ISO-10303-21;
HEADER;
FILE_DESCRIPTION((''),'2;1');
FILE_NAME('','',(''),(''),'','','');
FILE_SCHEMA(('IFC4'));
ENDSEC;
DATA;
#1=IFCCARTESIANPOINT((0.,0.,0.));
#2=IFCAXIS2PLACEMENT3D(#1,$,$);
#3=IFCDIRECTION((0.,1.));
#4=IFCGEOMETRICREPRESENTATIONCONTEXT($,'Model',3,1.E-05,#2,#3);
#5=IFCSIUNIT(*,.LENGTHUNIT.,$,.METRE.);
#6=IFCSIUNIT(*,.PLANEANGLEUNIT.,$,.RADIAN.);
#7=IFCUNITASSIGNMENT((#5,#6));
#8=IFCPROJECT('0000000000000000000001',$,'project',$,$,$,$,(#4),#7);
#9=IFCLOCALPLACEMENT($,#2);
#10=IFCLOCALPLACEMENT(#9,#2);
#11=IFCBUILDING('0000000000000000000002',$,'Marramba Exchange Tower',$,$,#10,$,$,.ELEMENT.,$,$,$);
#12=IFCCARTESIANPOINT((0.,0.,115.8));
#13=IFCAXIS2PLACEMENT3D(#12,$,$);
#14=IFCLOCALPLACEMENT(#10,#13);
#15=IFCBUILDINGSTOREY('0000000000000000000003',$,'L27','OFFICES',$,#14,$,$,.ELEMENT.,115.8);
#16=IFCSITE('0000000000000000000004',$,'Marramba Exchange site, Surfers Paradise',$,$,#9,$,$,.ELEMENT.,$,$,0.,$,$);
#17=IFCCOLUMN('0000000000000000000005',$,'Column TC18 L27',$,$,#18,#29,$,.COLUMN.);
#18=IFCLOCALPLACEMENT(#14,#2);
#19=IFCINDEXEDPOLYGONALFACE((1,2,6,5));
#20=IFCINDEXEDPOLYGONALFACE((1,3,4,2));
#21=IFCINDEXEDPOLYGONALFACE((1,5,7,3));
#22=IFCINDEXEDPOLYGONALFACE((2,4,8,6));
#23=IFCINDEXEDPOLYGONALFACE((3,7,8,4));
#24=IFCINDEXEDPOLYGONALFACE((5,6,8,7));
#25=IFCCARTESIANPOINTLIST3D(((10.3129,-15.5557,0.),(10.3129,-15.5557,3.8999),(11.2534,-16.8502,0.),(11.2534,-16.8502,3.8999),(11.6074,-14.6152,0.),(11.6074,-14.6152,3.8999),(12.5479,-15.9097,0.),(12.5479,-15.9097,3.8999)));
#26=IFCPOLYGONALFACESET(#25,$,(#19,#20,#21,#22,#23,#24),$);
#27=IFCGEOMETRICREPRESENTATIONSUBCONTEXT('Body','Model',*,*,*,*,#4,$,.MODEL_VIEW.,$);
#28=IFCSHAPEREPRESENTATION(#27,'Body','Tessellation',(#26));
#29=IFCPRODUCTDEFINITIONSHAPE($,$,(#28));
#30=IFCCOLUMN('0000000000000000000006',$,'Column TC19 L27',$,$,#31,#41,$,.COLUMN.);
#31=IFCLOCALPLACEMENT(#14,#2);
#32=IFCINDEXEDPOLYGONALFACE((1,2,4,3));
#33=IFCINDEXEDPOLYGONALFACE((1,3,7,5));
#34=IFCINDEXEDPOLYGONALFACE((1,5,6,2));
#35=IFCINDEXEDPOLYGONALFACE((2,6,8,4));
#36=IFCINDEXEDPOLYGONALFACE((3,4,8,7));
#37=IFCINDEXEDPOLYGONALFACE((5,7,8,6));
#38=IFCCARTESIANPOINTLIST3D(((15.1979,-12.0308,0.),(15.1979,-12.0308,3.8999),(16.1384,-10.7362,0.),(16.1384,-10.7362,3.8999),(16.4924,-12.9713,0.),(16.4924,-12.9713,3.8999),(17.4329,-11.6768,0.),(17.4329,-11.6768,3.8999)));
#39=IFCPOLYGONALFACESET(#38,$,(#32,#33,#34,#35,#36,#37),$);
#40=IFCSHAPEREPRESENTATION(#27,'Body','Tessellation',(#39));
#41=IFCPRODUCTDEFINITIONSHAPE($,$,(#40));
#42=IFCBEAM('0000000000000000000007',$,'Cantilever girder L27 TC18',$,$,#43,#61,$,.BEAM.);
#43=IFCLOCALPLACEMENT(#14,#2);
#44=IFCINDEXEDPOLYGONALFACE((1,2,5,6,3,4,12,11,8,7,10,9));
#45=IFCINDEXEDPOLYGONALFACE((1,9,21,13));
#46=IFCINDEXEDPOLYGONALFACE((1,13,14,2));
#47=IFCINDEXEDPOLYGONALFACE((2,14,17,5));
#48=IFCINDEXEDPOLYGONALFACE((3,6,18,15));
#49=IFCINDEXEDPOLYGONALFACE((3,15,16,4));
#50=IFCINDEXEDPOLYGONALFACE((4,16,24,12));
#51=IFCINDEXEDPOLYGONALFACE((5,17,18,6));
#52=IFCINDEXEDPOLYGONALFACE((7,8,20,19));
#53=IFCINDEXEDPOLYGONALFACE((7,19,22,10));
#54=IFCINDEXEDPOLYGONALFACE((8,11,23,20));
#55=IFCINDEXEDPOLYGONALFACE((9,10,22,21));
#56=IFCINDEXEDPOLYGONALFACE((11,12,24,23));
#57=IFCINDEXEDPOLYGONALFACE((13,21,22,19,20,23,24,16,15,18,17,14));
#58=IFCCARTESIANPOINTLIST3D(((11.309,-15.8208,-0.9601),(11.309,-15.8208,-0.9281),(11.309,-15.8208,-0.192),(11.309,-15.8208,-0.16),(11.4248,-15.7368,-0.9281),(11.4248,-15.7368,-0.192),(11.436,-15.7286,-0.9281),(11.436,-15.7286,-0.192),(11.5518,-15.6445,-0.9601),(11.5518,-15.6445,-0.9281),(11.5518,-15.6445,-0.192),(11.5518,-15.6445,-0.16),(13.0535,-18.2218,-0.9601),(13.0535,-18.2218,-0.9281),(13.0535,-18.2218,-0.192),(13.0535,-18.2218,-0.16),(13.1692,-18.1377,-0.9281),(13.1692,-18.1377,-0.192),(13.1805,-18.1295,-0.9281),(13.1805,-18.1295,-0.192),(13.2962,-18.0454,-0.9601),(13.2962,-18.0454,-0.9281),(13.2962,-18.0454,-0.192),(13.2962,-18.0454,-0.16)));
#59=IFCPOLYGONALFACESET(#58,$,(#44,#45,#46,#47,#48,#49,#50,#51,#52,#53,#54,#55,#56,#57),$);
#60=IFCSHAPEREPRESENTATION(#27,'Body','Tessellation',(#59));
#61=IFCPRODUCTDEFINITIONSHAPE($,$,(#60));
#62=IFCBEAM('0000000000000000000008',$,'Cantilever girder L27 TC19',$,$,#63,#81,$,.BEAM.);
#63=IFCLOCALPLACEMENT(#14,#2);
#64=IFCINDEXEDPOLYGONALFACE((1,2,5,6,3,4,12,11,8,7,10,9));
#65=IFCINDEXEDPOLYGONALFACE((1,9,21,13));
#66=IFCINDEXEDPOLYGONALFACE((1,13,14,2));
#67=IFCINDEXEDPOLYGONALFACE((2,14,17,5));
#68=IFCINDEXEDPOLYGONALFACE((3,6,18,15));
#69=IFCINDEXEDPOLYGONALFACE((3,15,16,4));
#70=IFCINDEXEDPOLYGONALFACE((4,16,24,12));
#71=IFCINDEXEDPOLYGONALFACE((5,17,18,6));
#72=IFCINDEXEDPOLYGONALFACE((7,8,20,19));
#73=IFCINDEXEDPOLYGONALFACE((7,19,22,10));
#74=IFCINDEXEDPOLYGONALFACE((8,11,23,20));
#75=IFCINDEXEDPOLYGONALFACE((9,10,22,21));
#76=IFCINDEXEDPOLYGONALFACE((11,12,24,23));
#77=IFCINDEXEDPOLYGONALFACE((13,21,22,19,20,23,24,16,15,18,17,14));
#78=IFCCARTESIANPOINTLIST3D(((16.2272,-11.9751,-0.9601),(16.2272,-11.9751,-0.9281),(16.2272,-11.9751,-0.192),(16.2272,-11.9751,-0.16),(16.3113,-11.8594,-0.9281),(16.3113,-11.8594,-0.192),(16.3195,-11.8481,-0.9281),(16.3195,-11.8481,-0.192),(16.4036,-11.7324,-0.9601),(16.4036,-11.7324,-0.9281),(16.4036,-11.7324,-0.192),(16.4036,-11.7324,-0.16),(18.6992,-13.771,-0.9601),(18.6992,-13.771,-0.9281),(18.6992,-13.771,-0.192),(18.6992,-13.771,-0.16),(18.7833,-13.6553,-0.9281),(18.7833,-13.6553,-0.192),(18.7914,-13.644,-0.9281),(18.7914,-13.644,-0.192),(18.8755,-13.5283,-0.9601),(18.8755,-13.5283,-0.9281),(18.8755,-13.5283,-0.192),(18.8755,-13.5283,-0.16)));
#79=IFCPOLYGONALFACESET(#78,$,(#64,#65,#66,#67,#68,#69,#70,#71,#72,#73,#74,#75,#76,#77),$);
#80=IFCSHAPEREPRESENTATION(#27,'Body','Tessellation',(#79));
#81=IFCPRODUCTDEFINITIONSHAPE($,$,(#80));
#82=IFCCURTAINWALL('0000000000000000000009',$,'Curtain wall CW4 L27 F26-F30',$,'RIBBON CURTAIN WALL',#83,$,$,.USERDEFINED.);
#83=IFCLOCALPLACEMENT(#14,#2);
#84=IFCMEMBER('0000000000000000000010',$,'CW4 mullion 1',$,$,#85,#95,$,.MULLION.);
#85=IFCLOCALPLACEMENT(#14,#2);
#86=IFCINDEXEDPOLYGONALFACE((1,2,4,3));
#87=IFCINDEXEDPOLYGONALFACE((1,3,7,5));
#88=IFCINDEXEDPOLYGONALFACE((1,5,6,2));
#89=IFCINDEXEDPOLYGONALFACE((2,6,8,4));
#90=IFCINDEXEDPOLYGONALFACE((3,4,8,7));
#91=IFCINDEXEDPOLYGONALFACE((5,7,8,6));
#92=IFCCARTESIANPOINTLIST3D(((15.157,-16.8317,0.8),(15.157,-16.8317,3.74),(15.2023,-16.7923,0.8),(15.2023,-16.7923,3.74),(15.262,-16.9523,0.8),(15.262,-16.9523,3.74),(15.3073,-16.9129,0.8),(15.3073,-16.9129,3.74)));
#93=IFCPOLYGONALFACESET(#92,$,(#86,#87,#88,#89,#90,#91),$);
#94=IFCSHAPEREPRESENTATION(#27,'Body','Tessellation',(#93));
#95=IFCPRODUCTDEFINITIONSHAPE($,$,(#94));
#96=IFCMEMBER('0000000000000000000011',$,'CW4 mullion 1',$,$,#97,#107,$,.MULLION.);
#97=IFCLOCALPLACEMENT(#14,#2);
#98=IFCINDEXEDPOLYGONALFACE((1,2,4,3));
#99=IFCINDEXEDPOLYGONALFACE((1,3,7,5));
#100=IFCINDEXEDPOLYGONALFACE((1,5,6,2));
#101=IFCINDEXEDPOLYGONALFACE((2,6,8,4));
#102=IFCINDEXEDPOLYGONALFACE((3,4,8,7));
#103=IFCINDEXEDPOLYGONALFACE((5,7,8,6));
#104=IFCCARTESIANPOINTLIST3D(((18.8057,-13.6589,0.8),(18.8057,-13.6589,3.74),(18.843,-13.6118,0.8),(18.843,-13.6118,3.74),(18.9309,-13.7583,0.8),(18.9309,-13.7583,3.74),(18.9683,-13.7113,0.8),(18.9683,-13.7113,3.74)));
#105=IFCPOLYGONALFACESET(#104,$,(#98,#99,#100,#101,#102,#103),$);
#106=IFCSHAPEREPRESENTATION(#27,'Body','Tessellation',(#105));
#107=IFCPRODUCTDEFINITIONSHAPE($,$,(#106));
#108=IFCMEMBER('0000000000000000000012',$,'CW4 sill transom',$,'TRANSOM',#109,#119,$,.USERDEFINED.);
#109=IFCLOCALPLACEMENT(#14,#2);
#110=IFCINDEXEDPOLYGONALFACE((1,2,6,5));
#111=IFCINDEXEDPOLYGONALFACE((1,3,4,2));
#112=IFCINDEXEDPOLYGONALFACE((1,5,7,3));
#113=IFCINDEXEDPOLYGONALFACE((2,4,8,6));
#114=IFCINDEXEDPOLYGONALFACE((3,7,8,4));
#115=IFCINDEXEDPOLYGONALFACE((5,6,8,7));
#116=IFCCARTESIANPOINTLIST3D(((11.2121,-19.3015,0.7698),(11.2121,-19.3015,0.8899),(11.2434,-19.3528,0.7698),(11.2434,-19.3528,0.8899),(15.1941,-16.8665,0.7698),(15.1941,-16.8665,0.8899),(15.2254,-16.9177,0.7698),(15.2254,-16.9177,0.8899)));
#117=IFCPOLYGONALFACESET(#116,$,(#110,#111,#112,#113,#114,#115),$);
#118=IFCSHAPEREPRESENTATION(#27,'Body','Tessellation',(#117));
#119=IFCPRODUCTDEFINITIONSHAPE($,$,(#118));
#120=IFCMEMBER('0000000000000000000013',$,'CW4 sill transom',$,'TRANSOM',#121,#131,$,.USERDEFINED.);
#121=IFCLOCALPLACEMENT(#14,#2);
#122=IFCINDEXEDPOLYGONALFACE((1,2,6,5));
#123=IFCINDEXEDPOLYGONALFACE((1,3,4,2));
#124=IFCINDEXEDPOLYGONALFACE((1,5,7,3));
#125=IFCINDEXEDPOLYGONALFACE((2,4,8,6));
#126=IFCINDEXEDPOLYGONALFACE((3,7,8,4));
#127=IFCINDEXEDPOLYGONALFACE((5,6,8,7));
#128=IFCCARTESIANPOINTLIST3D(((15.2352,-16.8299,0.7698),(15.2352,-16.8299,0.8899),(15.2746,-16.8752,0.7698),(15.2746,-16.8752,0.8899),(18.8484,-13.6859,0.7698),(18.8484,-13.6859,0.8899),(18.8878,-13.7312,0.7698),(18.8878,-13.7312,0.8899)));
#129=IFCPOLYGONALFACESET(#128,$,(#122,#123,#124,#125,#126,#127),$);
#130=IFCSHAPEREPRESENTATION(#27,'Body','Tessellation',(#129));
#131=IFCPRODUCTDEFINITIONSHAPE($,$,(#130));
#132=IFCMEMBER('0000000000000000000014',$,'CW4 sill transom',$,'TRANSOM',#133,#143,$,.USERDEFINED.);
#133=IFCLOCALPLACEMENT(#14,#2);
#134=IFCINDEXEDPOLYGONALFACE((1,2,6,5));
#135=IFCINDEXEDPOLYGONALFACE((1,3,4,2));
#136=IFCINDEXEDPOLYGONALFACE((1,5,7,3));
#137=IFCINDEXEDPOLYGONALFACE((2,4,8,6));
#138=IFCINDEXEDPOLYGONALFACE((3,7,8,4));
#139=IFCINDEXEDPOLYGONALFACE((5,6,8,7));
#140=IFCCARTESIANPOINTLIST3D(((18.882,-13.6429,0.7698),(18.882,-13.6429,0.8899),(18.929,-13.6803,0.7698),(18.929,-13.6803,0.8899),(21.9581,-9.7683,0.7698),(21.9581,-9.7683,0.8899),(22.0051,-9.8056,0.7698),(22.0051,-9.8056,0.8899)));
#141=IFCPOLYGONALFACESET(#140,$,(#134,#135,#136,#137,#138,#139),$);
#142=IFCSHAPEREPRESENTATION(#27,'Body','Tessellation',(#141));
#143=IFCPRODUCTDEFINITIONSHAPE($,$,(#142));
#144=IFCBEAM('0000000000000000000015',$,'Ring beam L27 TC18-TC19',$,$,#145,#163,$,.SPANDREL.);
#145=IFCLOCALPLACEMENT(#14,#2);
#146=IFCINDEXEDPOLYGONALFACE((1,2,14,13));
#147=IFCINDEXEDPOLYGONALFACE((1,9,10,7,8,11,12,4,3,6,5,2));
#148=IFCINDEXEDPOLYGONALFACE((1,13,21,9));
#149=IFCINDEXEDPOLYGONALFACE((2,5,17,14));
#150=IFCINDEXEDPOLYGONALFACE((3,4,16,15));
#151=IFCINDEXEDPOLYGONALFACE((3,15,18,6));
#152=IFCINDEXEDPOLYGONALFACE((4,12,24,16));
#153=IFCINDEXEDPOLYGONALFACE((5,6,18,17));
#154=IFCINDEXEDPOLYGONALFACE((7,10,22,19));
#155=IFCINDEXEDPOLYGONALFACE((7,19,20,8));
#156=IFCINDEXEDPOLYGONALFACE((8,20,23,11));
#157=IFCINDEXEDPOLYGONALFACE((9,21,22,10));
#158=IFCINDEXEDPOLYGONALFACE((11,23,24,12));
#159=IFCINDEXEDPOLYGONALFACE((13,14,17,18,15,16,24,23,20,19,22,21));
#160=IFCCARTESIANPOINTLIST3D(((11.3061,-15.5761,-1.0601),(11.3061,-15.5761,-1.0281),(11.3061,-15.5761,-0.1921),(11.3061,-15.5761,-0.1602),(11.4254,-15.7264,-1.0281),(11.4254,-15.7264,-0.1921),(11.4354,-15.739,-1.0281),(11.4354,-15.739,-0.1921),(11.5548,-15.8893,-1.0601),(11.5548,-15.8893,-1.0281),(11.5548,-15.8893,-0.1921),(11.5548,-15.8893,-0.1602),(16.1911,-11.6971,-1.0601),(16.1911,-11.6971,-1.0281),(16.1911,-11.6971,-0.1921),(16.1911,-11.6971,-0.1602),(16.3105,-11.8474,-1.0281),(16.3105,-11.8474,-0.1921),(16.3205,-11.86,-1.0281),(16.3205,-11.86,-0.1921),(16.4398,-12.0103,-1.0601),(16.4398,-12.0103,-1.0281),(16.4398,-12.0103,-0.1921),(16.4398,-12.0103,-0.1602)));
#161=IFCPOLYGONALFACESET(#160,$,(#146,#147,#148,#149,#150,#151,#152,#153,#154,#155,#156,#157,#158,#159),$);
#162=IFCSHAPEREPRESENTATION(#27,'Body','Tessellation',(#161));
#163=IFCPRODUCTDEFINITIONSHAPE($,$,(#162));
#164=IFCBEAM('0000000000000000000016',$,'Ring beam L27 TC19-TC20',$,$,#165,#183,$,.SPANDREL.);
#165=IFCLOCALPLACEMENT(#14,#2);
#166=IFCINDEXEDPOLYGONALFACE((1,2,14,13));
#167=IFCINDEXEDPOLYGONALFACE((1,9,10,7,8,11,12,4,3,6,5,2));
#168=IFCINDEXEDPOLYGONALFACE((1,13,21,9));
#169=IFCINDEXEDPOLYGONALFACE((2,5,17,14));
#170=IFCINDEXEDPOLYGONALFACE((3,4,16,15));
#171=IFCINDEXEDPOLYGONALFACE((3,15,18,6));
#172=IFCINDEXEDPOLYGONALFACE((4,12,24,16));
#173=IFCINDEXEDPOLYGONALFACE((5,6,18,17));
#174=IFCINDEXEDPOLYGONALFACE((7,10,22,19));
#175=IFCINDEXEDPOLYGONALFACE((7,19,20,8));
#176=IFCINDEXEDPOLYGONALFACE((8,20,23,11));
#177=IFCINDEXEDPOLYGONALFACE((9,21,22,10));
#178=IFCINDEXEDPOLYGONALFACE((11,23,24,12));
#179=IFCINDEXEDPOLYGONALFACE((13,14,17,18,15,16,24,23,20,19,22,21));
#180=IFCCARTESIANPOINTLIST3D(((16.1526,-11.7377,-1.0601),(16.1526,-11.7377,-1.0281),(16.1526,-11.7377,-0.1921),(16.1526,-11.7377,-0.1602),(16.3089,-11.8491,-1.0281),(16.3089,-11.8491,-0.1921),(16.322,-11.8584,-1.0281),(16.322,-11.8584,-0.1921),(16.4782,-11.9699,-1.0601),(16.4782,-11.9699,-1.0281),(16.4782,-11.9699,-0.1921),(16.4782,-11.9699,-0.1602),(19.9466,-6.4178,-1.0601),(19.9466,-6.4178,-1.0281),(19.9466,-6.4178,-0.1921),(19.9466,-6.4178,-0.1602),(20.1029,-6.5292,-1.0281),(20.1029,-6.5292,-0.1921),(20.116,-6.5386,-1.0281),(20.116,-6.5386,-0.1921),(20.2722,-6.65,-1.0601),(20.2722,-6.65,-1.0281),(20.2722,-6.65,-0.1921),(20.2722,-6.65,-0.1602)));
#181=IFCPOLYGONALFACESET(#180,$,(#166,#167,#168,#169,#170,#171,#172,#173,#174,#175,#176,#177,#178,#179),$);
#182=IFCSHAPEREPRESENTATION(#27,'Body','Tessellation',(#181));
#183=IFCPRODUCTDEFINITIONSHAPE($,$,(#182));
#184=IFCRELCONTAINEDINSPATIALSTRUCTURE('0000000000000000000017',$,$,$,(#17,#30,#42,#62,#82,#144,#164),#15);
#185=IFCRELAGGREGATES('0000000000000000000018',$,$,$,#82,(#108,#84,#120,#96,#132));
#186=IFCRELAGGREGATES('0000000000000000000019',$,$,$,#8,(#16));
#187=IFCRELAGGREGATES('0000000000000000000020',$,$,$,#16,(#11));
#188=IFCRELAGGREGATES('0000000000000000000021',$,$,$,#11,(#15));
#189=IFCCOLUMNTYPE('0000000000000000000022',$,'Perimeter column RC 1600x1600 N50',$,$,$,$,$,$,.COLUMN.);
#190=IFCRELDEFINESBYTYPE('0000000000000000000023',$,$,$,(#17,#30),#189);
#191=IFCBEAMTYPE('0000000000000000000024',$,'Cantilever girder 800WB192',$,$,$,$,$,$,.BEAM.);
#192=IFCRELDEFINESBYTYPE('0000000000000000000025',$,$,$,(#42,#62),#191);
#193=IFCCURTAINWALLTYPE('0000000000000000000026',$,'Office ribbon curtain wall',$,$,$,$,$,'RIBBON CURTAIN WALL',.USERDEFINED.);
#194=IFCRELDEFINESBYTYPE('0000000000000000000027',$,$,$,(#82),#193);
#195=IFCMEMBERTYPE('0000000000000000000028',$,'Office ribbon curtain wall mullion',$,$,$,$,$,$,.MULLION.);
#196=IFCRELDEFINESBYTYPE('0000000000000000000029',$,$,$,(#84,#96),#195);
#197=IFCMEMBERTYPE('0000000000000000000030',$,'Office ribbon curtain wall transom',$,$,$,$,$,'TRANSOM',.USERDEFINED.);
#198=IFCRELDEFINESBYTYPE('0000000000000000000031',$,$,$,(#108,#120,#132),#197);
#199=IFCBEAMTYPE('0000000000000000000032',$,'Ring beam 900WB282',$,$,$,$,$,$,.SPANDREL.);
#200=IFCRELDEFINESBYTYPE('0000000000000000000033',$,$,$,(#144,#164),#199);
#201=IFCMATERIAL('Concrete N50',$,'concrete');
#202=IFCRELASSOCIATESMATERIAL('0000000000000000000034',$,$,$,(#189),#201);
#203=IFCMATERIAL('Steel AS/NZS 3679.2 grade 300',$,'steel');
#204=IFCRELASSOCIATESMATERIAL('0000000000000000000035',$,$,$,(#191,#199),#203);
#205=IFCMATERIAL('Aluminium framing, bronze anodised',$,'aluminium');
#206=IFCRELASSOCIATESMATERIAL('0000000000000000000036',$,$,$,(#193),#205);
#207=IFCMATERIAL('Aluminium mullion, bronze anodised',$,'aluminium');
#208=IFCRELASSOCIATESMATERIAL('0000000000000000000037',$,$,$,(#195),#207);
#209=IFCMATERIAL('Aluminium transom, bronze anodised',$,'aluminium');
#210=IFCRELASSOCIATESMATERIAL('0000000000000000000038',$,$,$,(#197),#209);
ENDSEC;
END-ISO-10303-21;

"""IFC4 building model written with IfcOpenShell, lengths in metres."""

from ifc_helpers import new_model, si_unit, direction, frame, origin, origin_2d, place, context, subcontext, project, spatial, rectangle, i_section, extrude, material, material_profile, profile_set, type_object, element, aggregate, save


model = new_model("IFC4")

# Units and contexts
model_context = context("Model", 3, precision=1e-05, world=origin(), true_north=direction((0.0, 1.0)))
body_context = subcontext(model_context, "Body", "Model", "MODEL_VIEW")
ifc_project = project(units=[si_unit("LENGTHUNIT", "METRE"), si_unit("PLANEANGLEUNIT", "RADIAN")], contexts=[model_context])

# Site, building, storey
site_placement = place(None, origin())
site = spatial("IfcSite", under=ifc_project, at=site_placement, Name="Marramba Exchange site, Surfers Paradise", CompositionType="ELEMENT", RefElevation=0.0)
building_placement = place(site_placement, origin())
building = spatial("IfcBuilding", under=site, at=building_placement, Name="Marramba Exchange Tower", CompositionType="ELEMENT")
storey_placement = place(building_placement, frame((0.0, 0.0, 115.8)))
storey = spatial("IfcBuildingStorey", under=building, at=storey_placement, Name="L27", Description="OFFICES", CompositionType="ELEMENT", Elevation=115.8)

# Columns
ifc_material_1 = material(Name="Concrete N50", Category="concrete")
ifc_material_profile_1 = material_profile(ifc_material_1, rectangle(XDim=1.6001, YDim=1.6001, at=origin_2d()), Name="RC 1600x1600")
ifc_profile_set_1 = profile_set([ifc_material_profile_1], Name="Concrete N50")
column_type = type_object("IfcColumnType", Name="Perimeter column RC 1600x1600 N50", PredefinedType="COLUMN", material=ifc_profile_set_1)
for number, where, z_axis, x_axis, name in (
    (1, (11.4304, -15.7327, 0.0), (0.0, 0.0, 1.0), (0.587785, -0.809017, 0.0), "Column TC18 L27"),
    (2, (16.3154, -11.8538, 0.0), (0.0, 0.0, 1.0), (0.809017, -0.587785, 0.0), "Column TC19 L27"),
):
    element("IfcColumn", number, at=place(storey_placement, frame(where, z_axis=z_axis, x_axis=x_axis)), inside=storey, type_object=column_type, Name=name, PredefinedType="COLUMN", context=body_context, shape_type="SweptSolid", body=[
        extrude(rectangle(XDim=1.6001, YDim=1.6001, at=origin_2d()), origin(), (0.0, 0.0, 1.0), 3.8999),
    ])

# Beams
ifc_material_2 = material(Name="Steel AS/NZS 3679.2 grade 300", Category="steel")
ifc_material_profile_2 = material_profile(ifc_material_2, i_section(OverallWidth=0.3, OverallDepth=0.8, WebThickness=0.0139, FlangeThickness=0.032, at=origin_2d()), Name="800WB192")
ifc_profile_set_2 = profile_set([ifc_material_profile_2], Name="Steel AS/NZS 3679.2 grade 300")
beam_type_1 = type_object("IfcBeamType", Name="Cantilever girder 800WB192", PredefinedType="BEAM", material=ifc_profile_set_2)
beam_1_placement = place(storey_placement, frame((11.4304, -15.7327, -0.5601), z_axis=(0.587795, -0.80901, 0.0), x_axis=(0.80901, 0.587795, 0.0)))
element("IfcBeam", 3, at=beam_1_placement, inside=storey, type_object=beam_type_1, Name="Cantilever girder L27 TC18", PredefinedType="BEAM", context=body_context, shape_type="SweptSolid", body=[
    extrude(i_section(OverallWidth=0.3, OverallDepth=0.8, WebThickness=0.0139, FlangeThickness=0.032, at=origin_2d()), origin(), (0.0, 0.0, 1.0), 2.9678),
])
beam_2_placement = place(storey_placement, frame((16.3154, -11.8538, -0.5601), z_axis=(0.809026, -0.587773, 0.0), x_axis=(0.587773, 0.809026, 0.0)))
element("IfcBeam", 4, at=beam_2_placement, inside=storey, type_object=beam_type_1, Name="Cantilever girder L27 TC19", PredefinedType="BEAM", context=body_context, shape_type="SweptSolid", body=[
    extrude(i_section(OverallWidth=0.3, OverallDepth=0.8, WebThickness=0.0139, FlangeThickness=0.032, at=origin_2d()), origin(), (0.0, 0.0, 1.0), 3.0554),
])

# Curtain wall, members
ifc_material_3 = material(Name="Aluminium framing, bronze anodised", Category="aluminium")
curtain_wall_type = type_object("IfcCurtainWallType", Name="Office ribbon curtain wall", ElementType="RIBBON CURTAIN WALL", PredefinedType="USERDEFINED", material=ifc_material_3)
curtain_wall_placement = place(storey_placement, origin())
curtain_wall = element("IfcCurtainWall", 5, at=curtain_wall_placement, inside=storey, type_object=curtain_wall_type, Name="Curtain wall CW4 L27 F26-F30", ObjectType="RIBBON CURTAIN WALL", PredefinedType="USERDEFINED")
ifc_material_4 = material(Name="Aluminium mullion, bronze anodised", Category="aluminium")
ifc_material_profile_3 = material_profile(ifc_material_4, rectangle(XDim=0.1599, YDim=0.0601, at=origin_2d()), Name="CW4 mullion 60x160")
ifc_profile_set_3 = profile_set([ifc_material_profile_3], Name="Aluminium mullion, bronze anodised")
member_type_1 = type_object("IfcMemberType", Name="Office ribbon curtain wall mullion", PredefinedType="MULLION", material=ifc_profile_set_3)
member_1_placement = place(storey_placement, frame((15.2322, -16.8723, 0.8), z_axis=(0.0, 0.0, 1.0), x_axis=(-0.656432, 0.754386, 0.0)))
member_1 = element("IfcMember", 6, at=member_1_placement, type_object=member_type_1, Name="CW4 mullion 1", PredefinedType="MULLION", context=body_context, shape_type="SweptSolid", body=[
    extrude(rectangle(XDim=0.1599, YDim=0.0601, at=origin_2d()), origin(), (0.0, 0.0, 1.0), 2.9399),
])
member_2_placement = place(storey_placement, frame((18.887, -13.6851, 0.8), z_axis=(0.0, 0.0, 1.0), x_axis=(-0.78317, 0.621807, 0.0)))
member_2 = element("IfcMember", 7, at=member_2_placement, type_object=member_type_1, Name="CW4 mullion 1", PredefinedType="MULLION", context=body_context, shape_type="SweptSolid", body=[
    extrude(rectangle(XDim=0.1599, YDim=0.0601, at=origin_2d()), origin(), (0.0, 0.0, 1.0), 2.9399),
])
ifc_material_5 = material(Name="Aluminium transom, bronze anodised", Category="aluminium")
ifc_material_profile_4 = material_profile(ifc_material_5, rectangle(XDim=0.0601, YDim=0.1201, at=origin_2d()), Name="CW4 transom 60x120")
ifc_profile_set_4 = profile_set([ifc_material_profile_4], Name="Aluminium transom, bronze anodised")
member_type_2 = type_object("IfcMemberType", Name="Office ribbon curtain wall transom", ElementType="TRANSOM", PredefinedType="USERDEFINED", material=ifc_profile_set_4)
member_3_placement = place(storey_placement, frame((11.2278, -19.3271, 0.8298), z_axis=(0.853124, 0.521708, 0.0), x_axis=(-0.521708, 0.853124, 0.0)))
member_3 = element("IfcMember", 8, at=member_3_placement, type_object=member_type_2, Name="CW4 sill transom", ObjectType="TRANSOM", PredefinedType="USERDEFINED", context=body_context, shape_type="SweptSolid", body=[
    extrude(rectangle(XDim=0.0601, YDim=0.1201, at=origin_2d()), origin(), (0.0, 0.0, 1.0), 4.6675),
])
member_4_placement = place(storey_placement, frame((15.2549, -16.8525, 0.8298), z_axis=(0.754393, 0.656424, 0.0), x_axis=(-0.656424, 0.754393, 0.0)))
member_4 = element("IfcMember", 9, at=member_4_placement, type_object=member_type_2, Name="CW4 sill transom", ObjectType="TRANSOM", PredefinedType="USERDEFINED", context=body_context, shape_type="SweptSolid", body=[
    extrude(rectangle(XDim=0.0601, YDim=0.1201, at=origin_2d()), origin(), (0.0, 0.0, 1.0), 4.7896),
])
member_5_placement = place(storey_placement, frame((18.9055, -13.6616, 0.8298), z_axis=(0.621778, 0.783194, 0.0), x_axis=(-0.783194, 0.621778, 0.0)))
member_5 = element("IfcMember", 10, at=member_5_placement, type_object=member_type_2, Name="CW4 sill transom", ObjectType="TRANSOM", PredefinedType="USERDEFINED", context=body_context, shape_type="SweptSolid", body=[
    extrude(rectangle(XDim=0.0601, YDim=0.1201, at=origin_2d()), origin(), (0.0, 0.0, 1.0), 4.9473),
])

# Beams
ifc_material_profile_5 = material_profile(ifc_material_2, i_section(OverallWidth=0.3999, OverallDepth=0.8999, WebThickness=0.0161, FlangeThickness=0.032, at=origin_2d()), Name="900WB282")
ifc_profile_set_5 = profile_set([ifc_material_profile_5], Name="Steel AS/NZS 3679.2 grade 300")
beam_type_2 = type_object("IfcBeamType", Name="Ring beam 900WB282", PredefinedType="SPANDREL", material=ifc_profile_set_5)
beam_3_placement = place(storey_placement, frame((11.4304, -15.7327, -0.6101), z_axis=(0.783139, 0.621846, 0.0), x_axis=(-0.621846, 0.783139, 0.0)))
element("IfcBeam", 11, at=beam_3_placement, inside=storey, type_object=beam_type_2, Name="Ring beam L27 TC18-TC19", PredefinedType="SPANDREL", context=body_context, shape_type="SweptSolid", body=[
    extrude(i_section(OverallWidth=0.3999, OverallDepth=0.8999, WebThickness=0.0161, FlangeThickness=0.032, at=origin_2d()), origin(), (0.0, 0.0, 1.0), 6.2378),
])
beam_4_placement = place(storey_placement, frame((16.3154, -11.8538, -0.6101), z_axis=(0.580637, 0.814162, 0.0), x_axis=(-0.814162, 0.580637, 0.0)))
element("IfcBeam", 12, at=beam_4_placement, inside=storey, type_object=beam_type_2, Name="Ring beam L27 TC19-TC20", PredefinedType="SPANDREL", context=body_context, shape_type="SweptSolid", body=[
    extrude(i_section(OverallWidth=0.3999, OverallDepth=0.8999, WebThickness=0.0161, FlangeThickness=0.032, at=origin_2d()), origin(), (0.0, 0.0, 1.0), 6.5342),
])

aggregate(curtain_wall, [member_3, member_1, member_4, member_2, member_5])

save(model, "model.ifc")
